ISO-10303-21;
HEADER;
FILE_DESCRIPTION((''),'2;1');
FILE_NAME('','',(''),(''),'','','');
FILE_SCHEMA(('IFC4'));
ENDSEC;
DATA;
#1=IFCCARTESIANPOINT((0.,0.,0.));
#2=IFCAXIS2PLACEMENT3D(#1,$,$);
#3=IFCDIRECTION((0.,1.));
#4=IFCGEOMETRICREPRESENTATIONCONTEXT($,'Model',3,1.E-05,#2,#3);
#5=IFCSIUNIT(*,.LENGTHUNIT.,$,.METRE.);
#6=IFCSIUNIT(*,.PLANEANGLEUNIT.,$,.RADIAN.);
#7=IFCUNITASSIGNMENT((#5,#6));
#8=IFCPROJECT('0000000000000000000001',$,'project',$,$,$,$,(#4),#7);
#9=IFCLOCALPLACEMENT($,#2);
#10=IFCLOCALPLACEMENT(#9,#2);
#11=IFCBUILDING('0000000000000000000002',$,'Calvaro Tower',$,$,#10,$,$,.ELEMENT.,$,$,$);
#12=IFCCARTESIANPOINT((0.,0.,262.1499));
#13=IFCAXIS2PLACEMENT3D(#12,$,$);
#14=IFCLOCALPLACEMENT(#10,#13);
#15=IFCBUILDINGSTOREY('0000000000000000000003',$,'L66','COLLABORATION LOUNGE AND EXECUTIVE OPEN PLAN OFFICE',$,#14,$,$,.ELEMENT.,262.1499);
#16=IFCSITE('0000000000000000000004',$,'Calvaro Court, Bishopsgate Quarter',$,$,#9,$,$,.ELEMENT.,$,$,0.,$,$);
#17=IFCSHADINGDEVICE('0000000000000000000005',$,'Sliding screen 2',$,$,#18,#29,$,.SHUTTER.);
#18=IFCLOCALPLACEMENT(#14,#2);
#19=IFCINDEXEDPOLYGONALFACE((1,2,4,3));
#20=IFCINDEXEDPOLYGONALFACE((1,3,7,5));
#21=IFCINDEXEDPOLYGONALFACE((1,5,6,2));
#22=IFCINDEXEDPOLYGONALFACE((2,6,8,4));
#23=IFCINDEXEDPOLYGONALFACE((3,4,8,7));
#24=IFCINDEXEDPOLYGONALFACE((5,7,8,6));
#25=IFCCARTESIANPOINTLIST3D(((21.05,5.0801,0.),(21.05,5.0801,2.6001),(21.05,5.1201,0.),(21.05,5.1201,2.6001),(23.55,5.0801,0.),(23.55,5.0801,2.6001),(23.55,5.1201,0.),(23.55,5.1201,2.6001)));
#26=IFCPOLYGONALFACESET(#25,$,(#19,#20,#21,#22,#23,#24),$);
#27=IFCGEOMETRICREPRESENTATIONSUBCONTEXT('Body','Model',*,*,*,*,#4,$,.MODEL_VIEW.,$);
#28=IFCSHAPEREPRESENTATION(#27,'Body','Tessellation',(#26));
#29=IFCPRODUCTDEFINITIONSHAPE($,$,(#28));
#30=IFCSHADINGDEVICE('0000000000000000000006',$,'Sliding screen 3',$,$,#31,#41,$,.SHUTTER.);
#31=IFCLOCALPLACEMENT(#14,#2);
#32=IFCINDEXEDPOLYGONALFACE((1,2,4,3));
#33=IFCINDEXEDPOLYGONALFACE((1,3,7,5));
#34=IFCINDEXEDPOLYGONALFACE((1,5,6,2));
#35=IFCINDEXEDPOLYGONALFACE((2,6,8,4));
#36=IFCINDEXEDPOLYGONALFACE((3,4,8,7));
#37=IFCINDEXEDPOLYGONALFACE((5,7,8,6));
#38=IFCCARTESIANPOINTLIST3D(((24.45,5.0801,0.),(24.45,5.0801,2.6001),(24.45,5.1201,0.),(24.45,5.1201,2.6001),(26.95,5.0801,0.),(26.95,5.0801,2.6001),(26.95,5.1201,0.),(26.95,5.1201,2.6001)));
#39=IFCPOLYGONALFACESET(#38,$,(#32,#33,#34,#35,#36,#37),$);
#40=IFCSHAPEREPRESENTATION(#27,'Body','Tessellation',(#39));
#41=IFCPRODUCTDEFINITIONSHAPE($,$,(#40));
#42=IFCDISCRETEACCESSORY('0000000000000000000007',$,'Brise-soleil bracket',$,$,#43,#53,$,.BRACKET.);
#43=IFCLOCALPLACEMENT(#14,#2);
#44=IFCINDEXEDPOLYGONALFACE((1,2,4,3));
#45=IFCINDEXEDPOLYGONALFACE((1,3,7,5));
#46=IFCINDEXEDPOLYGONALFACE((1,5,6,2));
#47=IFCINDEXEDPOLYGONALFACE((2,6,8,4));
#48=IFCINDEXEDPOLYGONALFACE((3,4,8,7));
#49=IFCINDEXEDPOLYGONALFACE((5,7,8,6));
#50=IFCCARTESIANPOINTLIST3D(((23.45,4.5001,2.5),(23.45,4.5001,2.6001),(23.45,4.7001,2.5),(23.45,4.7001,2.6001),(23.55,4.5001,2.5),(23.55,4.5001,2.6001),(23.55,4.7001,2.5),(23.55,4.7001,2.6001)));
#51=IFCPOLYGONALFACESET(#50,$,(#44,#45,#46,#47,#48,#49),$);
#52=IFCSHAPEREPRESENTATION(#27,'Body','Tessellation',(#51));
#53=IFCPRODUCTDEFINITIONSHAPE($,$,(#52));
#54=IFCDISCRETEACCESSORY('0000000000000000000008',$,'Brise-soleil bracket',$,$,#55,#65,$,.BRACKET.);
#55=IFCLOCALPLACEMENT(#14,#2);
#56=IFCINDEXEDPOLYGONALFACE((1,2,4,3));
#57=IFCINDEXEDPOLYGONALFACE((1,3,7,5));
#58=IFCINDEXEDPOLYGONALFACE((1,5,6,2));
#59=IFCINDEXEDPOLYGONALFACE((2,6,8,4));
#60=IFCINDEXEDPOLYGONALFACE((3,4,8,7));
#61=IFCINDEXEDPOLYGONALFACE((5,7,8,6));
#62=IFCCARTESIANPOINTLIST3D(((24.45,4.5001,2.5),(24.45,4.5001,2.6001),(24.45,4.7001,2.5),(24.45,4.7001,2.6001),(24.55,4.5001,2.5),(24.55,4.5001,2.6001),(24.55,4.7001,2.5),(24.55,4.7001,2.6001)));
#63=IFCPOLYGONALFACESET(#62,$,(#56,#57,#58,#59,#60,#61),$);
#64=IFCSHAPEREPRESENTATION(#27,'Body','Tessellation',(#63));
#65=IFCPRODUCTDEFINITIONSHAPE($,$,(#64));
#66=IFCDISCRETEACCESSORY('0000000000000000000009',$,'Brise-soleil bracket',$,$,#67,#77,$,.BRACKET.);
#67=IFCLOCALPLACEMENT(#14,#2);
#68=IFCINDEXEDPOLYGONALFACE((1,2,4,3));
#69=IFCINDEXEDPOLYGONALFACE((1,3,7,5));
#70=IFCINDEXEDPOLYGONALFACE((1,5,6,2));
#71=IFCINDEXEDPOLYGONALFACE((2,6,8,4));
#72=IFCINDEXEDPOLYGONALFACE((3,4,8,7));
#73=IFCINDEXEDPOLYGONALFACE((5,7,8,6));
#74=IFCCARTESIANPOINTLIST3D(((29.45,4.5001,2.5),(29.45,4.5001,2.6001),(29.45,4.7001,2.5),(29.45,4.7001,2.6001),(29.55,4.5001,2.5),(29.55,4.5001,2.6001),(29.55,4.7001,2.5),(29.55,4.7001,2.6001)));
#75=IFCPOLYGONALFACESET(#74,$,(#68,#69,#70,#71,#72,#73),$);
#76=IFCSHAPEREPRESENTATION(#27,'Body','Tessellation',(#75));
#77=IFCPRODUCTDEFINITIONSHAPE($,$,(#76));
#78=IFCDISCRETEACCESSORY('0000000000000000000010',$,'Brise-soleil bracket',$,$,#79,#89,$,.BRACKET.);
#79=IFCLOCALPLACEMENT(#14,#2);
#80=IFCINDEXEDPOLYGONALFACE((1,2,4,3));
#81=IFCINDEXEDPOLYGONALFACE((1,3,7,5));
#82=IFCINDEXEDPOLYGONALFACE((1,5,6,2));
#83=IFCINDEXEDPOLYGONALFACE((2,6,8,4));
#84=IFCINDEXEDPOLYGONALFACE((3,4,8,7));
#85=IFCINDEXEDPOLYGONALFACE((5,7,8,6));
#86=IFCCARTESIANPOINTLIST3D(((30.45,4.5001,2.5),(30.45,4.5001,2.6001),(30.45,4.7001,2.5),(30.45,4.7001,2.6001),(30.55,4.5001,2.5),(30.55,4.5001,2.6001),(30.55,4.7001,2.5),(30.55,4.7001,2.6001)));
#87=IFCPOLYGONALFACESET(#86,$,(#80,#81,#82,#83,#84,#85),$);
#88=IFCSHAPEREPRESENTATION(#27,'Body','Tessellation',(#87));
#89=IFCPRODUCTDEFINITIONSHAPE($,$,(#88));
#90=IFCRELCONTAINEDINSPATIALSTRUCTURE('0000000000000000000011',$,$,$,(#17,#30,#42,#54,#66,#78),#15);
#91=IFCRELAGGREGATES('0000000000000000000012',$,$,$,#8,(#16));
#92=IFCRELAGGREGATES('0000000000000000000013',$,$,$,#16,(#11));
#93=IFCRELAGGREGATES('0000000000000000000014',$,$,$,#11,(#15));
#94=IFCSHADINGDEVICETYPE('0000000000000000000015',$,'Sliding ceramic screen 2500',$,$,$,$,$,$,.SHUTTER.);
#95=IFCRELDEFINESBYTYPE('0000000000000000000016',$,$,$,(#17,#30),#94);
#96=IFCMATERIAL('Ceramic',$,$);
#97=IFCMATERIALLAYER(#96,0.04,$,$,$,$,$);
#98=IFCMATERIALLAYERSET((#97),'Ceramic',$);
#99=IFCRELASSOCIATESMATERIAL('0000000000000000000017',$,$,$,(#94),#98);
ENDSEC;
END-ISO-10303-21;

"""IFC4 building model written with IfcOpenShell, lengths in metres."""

from ifc_helpers import new_model, si_unit, direction, frame, origin, origin_2d, place, context, subcontext, project, spatial, rectangle, extrude, material, layer, layer_set, type_object, element, save


model = new_model("IFC4")

# Units and contexts
model_context = context("Model", 3, precision=1e-05, world=origin(), true_north=direction((0.0, 1.0)))
body_context = subcontext(model_context, "Body", "Model", "MODEL_VIEW")
ifc_project = project(units=[si_unit("LENGTHUNIT", "METRE"), si_unit("PLANEANGLEUNIT", "RADIAN")], contexts=[model_context])

# Site, building, storey
site_placement = place(None, origin())
site = spatial("IfcSite", under=ifc_project, at=site_placement, Name="Calvaro Court, Bishopsgate Quarter", CompositionType="ELEMENT", RefElevation=0.0)
building_placement = place(site_placement, origin())
building = spatial("IfcBuilding", under=site, at=building_placement, Name="Calvaro Tower", CompositionType="ELEMENT")
storey_placement = place(building_placement, frame((0.0, 0.0, 262.1499)))
storey = spatial("IfcBuildingStorey", under=building, at=storey_placement, Name="L66", Description="COLLABORATION LOUNGE AND EXECUTIVE OPEN PLAN OFFICE", CompositionType="ELEMENT", Elevation=262.1499)

# Shading devices
ifc_material_1 = material(Name="Ceramic")
ifc_layer_1 = layer(ifc_material_1, 0.04)
ifc_layer_set_1 = layer_set([ifc_layer_1], Name="Ceramic")
shading_device_type_1 = type_object("IfcShadingDeviceType", Name="Sliding ceramic screen 2500", PredefinedType="SHUTTER", material=ifc_layer_set_1)
for number, where, z_axis, x_axis, name in (
    (1, (22.3, 5.1001, 0.0), (0.0, 0.0, 1.0), (1.0, 0.0, 0.0), "Sliding screen 2"),
    (2, (25.7, 5.1001, 0.0), (0.0, 0.0, 1.0), (1.0, 0.0, 0.0), "Sliding screen 3"),
):
    element("IfcShadingDevice", number, at=place(storey_placement, frame(where, z_axis=z_axis, x_axis=x_axis)), inside=storey, type_object=shading_device_type_1, Name=name, PredefinedType="SHUTTER", context=body_context, shape_type="SweptSolid", body=[
        extrude(rectangle(XDim=2.5, YDim=0.04, at=origin_2d()), origin(), (0.0, 0.0, 1.0), 2.6001),
    ])

# Discrete accessories
for number, where, z_axis, x_axis, name in (
    (3, (23.5, 4.6001, 2.5), (0.0, 0.0, 1.0), (1.0, 0.0, 0.0), "Brise-soleil bracket"),
    (4, (24.5, 4.6001, 2.5), (0.0, 0.0, 1.0), (1.0, 0.0, 0.0), "Brise-soleil bracket"),
    (5, (29.5, 4.6001, 2.5), (0.0, 0.0, 1.0), (1.0, 0.0, 0.0), "Brise-soleil bracket"),
    (6, (30.5, 4.6001, 2.5), (0.0, 0.0, 1.0), (1.0, 0.0, 0.0), "Brise-soleil bracket"),
):
    element("IfcDiscreteAccessory", number, at=place(storey_placement, frame(where, z_axis=z_axis, x_axis=x_axis)), inside=storey, Name=name, PredefinedType="BRACKET", context=body_context, shape_type="SweptSolid", body=[
        extrude(rectangle(XDim=0.1001, YDim=0.2, at=origin_2d()), origin(), (0.0, 0.0, 1.0), 0.1001),
    ])

save(model, "model.ifc")
